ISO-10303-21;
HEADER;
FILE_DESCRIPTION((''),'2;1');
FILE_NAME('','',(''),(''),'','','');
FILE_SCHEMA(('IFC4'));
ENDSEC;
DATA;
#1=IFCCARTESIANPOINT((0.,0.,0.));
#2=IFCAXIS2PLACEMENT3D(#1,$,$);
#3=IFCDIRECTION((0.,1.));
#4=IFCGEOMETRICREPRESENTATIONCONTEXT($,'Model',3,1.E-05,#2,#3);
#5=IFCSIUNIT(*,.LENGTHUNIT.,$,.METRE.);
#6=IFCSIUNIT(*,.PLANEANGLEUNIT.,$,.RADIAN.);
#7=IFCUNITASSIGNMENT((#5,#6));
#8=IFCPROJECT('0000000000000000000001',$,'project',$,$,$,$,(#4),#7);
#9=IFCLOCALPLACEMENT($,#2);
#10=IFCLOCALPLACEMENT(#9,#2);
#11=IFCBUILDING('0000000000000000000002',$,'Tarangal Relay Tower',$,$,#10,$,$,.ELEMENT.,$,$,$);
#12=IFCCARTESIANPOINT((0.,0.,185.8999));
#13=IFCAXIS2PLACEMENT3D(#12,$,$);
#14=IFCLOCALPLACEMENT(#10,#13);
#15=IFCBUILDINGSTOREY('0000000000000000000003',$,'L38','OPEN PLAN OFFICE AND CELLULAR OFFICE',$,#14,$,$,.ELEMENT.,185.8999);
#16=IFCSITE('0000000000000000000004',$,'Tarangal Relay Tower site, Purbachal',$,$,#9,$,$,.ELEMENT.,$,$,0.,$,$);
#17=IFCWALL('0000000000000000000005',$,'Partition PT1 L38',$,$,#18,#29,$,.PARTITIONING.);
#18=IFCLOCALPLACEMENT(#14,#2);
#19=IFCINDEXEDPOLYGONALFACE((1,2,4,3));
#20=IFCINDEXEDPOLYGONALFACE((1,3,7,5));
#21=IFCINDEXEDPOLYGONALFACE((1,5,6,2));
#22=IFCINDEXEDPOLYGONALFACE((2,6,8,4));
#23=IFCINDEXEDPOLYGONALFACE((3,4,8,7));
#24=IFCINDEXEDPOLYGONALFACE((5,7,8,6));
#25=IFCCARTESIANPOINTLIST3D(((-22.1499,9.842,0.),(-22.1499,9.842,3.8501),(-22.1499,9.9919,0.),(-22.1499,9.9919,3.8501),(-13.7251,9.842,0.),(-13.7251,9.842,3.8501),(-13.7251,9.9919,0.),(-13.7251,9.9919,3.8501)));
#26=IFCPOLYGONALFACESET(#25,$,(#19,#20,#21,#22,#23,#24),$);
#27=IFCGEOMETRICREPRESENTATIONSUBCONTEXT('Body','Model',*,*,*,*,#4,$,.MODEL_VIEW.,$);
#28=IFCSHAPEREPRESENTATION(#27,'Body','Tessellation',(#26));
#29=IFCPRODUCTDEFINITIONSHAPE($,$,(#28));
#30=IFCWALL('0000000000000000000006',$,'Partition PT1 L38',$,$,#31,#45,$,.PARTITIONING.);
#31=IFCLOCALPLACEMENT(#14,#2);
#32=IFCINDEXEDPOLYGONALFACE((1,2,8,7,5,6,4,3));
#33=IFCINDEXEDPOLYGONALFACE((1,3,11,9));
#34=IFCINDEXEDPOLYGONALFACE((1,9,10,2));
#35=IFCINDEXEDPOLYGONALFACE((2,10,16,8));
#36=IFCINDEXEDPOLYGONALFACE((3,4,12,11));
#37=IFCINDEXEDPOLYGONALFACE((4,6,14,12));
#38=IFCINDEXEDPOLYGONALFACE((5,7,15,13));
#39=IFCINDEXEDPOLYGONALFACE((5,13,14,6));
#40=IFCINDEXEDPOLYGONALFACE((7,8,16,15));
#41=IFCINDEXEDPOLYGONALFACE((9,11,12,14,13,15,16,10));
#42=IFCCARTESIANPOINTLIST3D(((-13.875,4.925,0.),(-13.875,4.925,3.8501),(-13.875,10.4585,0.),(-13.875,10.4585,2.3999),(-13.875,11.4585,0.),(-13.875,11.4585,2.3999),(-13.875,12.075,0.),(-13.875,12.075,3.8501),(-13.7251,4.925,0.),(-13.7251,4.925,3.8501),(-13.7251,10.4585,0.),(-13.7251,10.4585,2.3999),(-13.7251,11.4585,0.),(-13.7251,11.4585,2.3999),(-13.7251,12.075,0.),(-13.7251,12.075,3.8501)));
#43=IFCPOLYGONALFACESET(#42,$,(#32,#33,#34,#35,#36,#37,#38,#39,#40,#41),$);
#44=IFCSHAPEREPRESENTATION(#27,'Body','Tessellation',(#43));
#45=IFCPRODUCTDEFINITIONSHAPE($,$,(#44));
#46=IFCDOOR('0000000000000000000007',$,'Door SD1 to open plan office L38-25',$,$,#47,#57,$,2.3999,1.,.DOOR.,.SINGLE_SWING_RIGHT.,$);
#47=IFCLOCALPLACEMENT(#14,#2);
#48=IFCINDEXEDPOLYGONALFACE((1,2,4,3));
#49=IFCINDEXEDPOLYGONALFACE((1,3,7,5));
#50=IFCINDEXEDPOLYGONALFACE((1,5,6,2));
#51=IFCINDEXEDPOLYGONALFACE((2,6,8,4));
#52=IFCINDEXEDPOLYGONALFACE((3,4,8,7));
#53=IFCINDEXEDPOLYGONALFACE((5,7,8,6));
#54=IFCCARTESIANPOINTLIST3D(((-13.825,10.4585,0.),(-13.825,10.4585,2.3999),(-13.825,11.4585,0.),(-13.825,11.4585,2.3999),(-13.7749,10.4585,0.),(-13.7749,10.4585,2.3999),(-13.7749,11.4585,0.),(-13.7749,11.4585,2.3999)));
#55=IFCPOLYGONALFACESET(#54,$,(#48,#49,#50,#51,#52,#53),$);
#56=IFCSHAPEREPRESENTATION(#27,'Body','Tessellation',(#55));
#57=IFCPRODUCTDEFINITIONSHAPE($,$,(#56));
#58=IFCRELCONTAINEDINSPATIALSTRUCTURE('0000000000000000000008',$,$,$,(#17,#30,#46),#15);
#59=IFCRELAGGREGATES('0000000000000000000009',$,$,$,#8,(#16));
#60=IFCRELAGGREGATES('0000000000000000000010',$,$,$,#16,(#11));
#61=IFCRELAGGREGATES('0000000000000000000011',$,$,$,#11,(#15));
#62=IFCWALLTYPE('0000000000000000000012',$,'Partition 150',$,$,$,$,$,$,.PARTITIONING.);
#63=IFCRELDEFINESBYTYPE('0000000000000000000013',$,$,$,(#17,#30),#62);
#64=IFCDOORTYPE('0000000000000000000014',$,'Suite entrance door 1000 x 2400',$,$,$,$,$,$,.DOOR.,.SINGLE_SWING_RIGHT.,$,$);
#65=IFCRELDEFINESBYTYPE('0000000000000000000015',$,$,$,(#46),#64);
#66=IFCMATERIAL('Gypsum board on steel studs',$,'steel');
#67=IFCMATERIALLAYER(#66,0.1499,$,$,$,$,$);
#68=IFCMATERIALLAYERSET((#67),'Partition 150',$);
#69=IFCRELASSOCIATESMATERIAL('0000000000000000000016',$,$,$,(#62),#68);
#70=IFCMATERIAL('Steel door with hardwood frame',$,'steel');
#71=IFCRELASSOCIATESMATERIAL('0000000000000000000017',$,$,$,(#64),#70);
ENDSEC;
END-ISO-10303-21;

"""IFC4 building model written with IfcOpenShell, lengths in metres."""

from ifc_helpers import new_model, si_unit, direction, frame, frame_2d, origin, place, context, subcontext, project, spatial, rectangle, extrude, material, layer, layer_set, type_object, element, fill, save


model = new_model("IFC4")

# Units and contexts
model_context = context("Model", 3, precision=1e-05, world=origin(), true_north=direction((0.0, 1.0)))
body_context = subcontext(model_context, "Body", "Model", "MODEL_VIEW")
ifc_project = project(units=[si_unit("LENGTHUNIT", "METRE"), si_unit("PLANEANGLEUNIT", "RADIAN")], contexts=[model_context])

# Site, building, storey
site_placement = place(None, origin())
site = spatial("IfcSite", under=ifc_project, at=site_placement, Name="Tarangal Relay Tower site, Purbachal", CompositionType="ELEMENT", RefElevation=0.0)
building_placement = place(site_placement, origin())
building = spatial("IfcBuilding", under=site, at=building_placement, Name="Tarangal Relay Tower", CompositionType="ELEMENT")
storey_placement = place(building_placement, frame((0.0, 0.0, 185.8999)))
storey = spatial("IfcBuildingStorey", under=building, at=storey_placement, Name="L38", Description="OPEN PLAN OFFICE AND CELLULAR OFFICE", CompositionType="ELEMENT", Elevation=185.8999)

# Shared definitions
ifc_material_1 = material(Name="Steel door with hardwood frame", Category="steel")

# Shared definitions
ifc_material_2 = material(Name="Gypsum board on steel studs", Category="steel")
ifc_layer_1 = layer(ifc_material_2, 0.1499)
ifc_layer_set_1 = layer_set([ifc_layer_1], Name="Partition 150")
wall_type_1 = type_object("IfcWallType", Name="Partition 150", PredefinedType="PARTITIONING", material=ifc_layer_set_1)

# Wall
wall_1_placement = place(storey_placement, frame((-22.1499, 9.917, 0.0), z_axis=(0.0, 0.0, 1.0), x_axis=(1.0, 0.0, 0.0)))
element("IfcWall", 1, at=wall_1_placement, inside=storey, type_object=wall_type_1, Name="Partition PT1 L38", PredefinedType="PARTITIONING", context=body_context, shape_type="SweptSolid", body=[
    extrude(rectangle(XDim=8.4248, YDim=0.1499, at=frame_2d((4.2124, 0.0))), origin(), (0.0, 0.0, 1.0), 3.8501),
])

# Wall, opening, door
wall_2_placement = place(storey_placement, frame((-13.8, 4.925, 0.0), z_axis=(0.0, 0.0, 1.0), x_axis=(0.0, 1.0, 0.0)))
wall_2 = element("IfcWall", 2, at=wall_2_placement, inside=storey, type_object=wall_type_1, Name="Partition PT1 L38", PredefinedType="PARTITIONING", context=body_context, shape_type="SweptSolid", body=[
    extrude(rectangle(XDim=7.1499, YDim=0.1499, at=frame_2d((3.575, 0.0))), origin(), (0.0, 0.0, 1.0), 3.8501),
])
opening_1_placement = place(wall_2_placement, frame((5.5334, 0.0, 0.0)))
opening_1 = element("IfcOpeningElement", 3, at=opening_1_placement, cuts=wall_2, PredefinedType="OPENING", context=body_context, shape_type="SweptSolid", body=[
    extrude(rectangle(XDim=1.0, YDim=2.3999, at=frame_2d((0.5, 1.2))), frame((0.0, 0.085, 0.0), z_axis=(0.0, -1.0, 0.0), x_axis=(1.0, 0.0, 0.0)), (0.0, 0.0, 1.0), 0.1699),
])
door_type_1 = type_object("IfcDoorType", Name="Suite entrance door 1000 x 2400", OperationType="SINGLE_SWING_RIGHT", PredefinedType="DOOR", material=ifc_material_1)
door_1_placement = place(opening_1_placement, origin())
door_1 = element("IfcDoor", 4, at=door_1_placement, inside=storey, type_object=door_type_1, Name="Door SD1 to open plan office L38-25", OperationType="SINGLE_SWING_RIGHT", OverallHeight=2.3999, OverallWidth=1.0, PredefinedType="DOOR", context=body_context, shape_type="SweptSolid", body=[
    extrude(rectangle(XDim=1.0, YDim=2.3999, at=frame_2d((0.5, 1.2))), frame((0.0, 0.0249, 0.0), z_axis=(0.0, -1.0, 0.0), x_axis=(1.0, 0.0, 0.0)), (0.0, 0.0, 1.0), 0.05),
])
fill(opening_1, door_1)

save(model, "model.ifc")
